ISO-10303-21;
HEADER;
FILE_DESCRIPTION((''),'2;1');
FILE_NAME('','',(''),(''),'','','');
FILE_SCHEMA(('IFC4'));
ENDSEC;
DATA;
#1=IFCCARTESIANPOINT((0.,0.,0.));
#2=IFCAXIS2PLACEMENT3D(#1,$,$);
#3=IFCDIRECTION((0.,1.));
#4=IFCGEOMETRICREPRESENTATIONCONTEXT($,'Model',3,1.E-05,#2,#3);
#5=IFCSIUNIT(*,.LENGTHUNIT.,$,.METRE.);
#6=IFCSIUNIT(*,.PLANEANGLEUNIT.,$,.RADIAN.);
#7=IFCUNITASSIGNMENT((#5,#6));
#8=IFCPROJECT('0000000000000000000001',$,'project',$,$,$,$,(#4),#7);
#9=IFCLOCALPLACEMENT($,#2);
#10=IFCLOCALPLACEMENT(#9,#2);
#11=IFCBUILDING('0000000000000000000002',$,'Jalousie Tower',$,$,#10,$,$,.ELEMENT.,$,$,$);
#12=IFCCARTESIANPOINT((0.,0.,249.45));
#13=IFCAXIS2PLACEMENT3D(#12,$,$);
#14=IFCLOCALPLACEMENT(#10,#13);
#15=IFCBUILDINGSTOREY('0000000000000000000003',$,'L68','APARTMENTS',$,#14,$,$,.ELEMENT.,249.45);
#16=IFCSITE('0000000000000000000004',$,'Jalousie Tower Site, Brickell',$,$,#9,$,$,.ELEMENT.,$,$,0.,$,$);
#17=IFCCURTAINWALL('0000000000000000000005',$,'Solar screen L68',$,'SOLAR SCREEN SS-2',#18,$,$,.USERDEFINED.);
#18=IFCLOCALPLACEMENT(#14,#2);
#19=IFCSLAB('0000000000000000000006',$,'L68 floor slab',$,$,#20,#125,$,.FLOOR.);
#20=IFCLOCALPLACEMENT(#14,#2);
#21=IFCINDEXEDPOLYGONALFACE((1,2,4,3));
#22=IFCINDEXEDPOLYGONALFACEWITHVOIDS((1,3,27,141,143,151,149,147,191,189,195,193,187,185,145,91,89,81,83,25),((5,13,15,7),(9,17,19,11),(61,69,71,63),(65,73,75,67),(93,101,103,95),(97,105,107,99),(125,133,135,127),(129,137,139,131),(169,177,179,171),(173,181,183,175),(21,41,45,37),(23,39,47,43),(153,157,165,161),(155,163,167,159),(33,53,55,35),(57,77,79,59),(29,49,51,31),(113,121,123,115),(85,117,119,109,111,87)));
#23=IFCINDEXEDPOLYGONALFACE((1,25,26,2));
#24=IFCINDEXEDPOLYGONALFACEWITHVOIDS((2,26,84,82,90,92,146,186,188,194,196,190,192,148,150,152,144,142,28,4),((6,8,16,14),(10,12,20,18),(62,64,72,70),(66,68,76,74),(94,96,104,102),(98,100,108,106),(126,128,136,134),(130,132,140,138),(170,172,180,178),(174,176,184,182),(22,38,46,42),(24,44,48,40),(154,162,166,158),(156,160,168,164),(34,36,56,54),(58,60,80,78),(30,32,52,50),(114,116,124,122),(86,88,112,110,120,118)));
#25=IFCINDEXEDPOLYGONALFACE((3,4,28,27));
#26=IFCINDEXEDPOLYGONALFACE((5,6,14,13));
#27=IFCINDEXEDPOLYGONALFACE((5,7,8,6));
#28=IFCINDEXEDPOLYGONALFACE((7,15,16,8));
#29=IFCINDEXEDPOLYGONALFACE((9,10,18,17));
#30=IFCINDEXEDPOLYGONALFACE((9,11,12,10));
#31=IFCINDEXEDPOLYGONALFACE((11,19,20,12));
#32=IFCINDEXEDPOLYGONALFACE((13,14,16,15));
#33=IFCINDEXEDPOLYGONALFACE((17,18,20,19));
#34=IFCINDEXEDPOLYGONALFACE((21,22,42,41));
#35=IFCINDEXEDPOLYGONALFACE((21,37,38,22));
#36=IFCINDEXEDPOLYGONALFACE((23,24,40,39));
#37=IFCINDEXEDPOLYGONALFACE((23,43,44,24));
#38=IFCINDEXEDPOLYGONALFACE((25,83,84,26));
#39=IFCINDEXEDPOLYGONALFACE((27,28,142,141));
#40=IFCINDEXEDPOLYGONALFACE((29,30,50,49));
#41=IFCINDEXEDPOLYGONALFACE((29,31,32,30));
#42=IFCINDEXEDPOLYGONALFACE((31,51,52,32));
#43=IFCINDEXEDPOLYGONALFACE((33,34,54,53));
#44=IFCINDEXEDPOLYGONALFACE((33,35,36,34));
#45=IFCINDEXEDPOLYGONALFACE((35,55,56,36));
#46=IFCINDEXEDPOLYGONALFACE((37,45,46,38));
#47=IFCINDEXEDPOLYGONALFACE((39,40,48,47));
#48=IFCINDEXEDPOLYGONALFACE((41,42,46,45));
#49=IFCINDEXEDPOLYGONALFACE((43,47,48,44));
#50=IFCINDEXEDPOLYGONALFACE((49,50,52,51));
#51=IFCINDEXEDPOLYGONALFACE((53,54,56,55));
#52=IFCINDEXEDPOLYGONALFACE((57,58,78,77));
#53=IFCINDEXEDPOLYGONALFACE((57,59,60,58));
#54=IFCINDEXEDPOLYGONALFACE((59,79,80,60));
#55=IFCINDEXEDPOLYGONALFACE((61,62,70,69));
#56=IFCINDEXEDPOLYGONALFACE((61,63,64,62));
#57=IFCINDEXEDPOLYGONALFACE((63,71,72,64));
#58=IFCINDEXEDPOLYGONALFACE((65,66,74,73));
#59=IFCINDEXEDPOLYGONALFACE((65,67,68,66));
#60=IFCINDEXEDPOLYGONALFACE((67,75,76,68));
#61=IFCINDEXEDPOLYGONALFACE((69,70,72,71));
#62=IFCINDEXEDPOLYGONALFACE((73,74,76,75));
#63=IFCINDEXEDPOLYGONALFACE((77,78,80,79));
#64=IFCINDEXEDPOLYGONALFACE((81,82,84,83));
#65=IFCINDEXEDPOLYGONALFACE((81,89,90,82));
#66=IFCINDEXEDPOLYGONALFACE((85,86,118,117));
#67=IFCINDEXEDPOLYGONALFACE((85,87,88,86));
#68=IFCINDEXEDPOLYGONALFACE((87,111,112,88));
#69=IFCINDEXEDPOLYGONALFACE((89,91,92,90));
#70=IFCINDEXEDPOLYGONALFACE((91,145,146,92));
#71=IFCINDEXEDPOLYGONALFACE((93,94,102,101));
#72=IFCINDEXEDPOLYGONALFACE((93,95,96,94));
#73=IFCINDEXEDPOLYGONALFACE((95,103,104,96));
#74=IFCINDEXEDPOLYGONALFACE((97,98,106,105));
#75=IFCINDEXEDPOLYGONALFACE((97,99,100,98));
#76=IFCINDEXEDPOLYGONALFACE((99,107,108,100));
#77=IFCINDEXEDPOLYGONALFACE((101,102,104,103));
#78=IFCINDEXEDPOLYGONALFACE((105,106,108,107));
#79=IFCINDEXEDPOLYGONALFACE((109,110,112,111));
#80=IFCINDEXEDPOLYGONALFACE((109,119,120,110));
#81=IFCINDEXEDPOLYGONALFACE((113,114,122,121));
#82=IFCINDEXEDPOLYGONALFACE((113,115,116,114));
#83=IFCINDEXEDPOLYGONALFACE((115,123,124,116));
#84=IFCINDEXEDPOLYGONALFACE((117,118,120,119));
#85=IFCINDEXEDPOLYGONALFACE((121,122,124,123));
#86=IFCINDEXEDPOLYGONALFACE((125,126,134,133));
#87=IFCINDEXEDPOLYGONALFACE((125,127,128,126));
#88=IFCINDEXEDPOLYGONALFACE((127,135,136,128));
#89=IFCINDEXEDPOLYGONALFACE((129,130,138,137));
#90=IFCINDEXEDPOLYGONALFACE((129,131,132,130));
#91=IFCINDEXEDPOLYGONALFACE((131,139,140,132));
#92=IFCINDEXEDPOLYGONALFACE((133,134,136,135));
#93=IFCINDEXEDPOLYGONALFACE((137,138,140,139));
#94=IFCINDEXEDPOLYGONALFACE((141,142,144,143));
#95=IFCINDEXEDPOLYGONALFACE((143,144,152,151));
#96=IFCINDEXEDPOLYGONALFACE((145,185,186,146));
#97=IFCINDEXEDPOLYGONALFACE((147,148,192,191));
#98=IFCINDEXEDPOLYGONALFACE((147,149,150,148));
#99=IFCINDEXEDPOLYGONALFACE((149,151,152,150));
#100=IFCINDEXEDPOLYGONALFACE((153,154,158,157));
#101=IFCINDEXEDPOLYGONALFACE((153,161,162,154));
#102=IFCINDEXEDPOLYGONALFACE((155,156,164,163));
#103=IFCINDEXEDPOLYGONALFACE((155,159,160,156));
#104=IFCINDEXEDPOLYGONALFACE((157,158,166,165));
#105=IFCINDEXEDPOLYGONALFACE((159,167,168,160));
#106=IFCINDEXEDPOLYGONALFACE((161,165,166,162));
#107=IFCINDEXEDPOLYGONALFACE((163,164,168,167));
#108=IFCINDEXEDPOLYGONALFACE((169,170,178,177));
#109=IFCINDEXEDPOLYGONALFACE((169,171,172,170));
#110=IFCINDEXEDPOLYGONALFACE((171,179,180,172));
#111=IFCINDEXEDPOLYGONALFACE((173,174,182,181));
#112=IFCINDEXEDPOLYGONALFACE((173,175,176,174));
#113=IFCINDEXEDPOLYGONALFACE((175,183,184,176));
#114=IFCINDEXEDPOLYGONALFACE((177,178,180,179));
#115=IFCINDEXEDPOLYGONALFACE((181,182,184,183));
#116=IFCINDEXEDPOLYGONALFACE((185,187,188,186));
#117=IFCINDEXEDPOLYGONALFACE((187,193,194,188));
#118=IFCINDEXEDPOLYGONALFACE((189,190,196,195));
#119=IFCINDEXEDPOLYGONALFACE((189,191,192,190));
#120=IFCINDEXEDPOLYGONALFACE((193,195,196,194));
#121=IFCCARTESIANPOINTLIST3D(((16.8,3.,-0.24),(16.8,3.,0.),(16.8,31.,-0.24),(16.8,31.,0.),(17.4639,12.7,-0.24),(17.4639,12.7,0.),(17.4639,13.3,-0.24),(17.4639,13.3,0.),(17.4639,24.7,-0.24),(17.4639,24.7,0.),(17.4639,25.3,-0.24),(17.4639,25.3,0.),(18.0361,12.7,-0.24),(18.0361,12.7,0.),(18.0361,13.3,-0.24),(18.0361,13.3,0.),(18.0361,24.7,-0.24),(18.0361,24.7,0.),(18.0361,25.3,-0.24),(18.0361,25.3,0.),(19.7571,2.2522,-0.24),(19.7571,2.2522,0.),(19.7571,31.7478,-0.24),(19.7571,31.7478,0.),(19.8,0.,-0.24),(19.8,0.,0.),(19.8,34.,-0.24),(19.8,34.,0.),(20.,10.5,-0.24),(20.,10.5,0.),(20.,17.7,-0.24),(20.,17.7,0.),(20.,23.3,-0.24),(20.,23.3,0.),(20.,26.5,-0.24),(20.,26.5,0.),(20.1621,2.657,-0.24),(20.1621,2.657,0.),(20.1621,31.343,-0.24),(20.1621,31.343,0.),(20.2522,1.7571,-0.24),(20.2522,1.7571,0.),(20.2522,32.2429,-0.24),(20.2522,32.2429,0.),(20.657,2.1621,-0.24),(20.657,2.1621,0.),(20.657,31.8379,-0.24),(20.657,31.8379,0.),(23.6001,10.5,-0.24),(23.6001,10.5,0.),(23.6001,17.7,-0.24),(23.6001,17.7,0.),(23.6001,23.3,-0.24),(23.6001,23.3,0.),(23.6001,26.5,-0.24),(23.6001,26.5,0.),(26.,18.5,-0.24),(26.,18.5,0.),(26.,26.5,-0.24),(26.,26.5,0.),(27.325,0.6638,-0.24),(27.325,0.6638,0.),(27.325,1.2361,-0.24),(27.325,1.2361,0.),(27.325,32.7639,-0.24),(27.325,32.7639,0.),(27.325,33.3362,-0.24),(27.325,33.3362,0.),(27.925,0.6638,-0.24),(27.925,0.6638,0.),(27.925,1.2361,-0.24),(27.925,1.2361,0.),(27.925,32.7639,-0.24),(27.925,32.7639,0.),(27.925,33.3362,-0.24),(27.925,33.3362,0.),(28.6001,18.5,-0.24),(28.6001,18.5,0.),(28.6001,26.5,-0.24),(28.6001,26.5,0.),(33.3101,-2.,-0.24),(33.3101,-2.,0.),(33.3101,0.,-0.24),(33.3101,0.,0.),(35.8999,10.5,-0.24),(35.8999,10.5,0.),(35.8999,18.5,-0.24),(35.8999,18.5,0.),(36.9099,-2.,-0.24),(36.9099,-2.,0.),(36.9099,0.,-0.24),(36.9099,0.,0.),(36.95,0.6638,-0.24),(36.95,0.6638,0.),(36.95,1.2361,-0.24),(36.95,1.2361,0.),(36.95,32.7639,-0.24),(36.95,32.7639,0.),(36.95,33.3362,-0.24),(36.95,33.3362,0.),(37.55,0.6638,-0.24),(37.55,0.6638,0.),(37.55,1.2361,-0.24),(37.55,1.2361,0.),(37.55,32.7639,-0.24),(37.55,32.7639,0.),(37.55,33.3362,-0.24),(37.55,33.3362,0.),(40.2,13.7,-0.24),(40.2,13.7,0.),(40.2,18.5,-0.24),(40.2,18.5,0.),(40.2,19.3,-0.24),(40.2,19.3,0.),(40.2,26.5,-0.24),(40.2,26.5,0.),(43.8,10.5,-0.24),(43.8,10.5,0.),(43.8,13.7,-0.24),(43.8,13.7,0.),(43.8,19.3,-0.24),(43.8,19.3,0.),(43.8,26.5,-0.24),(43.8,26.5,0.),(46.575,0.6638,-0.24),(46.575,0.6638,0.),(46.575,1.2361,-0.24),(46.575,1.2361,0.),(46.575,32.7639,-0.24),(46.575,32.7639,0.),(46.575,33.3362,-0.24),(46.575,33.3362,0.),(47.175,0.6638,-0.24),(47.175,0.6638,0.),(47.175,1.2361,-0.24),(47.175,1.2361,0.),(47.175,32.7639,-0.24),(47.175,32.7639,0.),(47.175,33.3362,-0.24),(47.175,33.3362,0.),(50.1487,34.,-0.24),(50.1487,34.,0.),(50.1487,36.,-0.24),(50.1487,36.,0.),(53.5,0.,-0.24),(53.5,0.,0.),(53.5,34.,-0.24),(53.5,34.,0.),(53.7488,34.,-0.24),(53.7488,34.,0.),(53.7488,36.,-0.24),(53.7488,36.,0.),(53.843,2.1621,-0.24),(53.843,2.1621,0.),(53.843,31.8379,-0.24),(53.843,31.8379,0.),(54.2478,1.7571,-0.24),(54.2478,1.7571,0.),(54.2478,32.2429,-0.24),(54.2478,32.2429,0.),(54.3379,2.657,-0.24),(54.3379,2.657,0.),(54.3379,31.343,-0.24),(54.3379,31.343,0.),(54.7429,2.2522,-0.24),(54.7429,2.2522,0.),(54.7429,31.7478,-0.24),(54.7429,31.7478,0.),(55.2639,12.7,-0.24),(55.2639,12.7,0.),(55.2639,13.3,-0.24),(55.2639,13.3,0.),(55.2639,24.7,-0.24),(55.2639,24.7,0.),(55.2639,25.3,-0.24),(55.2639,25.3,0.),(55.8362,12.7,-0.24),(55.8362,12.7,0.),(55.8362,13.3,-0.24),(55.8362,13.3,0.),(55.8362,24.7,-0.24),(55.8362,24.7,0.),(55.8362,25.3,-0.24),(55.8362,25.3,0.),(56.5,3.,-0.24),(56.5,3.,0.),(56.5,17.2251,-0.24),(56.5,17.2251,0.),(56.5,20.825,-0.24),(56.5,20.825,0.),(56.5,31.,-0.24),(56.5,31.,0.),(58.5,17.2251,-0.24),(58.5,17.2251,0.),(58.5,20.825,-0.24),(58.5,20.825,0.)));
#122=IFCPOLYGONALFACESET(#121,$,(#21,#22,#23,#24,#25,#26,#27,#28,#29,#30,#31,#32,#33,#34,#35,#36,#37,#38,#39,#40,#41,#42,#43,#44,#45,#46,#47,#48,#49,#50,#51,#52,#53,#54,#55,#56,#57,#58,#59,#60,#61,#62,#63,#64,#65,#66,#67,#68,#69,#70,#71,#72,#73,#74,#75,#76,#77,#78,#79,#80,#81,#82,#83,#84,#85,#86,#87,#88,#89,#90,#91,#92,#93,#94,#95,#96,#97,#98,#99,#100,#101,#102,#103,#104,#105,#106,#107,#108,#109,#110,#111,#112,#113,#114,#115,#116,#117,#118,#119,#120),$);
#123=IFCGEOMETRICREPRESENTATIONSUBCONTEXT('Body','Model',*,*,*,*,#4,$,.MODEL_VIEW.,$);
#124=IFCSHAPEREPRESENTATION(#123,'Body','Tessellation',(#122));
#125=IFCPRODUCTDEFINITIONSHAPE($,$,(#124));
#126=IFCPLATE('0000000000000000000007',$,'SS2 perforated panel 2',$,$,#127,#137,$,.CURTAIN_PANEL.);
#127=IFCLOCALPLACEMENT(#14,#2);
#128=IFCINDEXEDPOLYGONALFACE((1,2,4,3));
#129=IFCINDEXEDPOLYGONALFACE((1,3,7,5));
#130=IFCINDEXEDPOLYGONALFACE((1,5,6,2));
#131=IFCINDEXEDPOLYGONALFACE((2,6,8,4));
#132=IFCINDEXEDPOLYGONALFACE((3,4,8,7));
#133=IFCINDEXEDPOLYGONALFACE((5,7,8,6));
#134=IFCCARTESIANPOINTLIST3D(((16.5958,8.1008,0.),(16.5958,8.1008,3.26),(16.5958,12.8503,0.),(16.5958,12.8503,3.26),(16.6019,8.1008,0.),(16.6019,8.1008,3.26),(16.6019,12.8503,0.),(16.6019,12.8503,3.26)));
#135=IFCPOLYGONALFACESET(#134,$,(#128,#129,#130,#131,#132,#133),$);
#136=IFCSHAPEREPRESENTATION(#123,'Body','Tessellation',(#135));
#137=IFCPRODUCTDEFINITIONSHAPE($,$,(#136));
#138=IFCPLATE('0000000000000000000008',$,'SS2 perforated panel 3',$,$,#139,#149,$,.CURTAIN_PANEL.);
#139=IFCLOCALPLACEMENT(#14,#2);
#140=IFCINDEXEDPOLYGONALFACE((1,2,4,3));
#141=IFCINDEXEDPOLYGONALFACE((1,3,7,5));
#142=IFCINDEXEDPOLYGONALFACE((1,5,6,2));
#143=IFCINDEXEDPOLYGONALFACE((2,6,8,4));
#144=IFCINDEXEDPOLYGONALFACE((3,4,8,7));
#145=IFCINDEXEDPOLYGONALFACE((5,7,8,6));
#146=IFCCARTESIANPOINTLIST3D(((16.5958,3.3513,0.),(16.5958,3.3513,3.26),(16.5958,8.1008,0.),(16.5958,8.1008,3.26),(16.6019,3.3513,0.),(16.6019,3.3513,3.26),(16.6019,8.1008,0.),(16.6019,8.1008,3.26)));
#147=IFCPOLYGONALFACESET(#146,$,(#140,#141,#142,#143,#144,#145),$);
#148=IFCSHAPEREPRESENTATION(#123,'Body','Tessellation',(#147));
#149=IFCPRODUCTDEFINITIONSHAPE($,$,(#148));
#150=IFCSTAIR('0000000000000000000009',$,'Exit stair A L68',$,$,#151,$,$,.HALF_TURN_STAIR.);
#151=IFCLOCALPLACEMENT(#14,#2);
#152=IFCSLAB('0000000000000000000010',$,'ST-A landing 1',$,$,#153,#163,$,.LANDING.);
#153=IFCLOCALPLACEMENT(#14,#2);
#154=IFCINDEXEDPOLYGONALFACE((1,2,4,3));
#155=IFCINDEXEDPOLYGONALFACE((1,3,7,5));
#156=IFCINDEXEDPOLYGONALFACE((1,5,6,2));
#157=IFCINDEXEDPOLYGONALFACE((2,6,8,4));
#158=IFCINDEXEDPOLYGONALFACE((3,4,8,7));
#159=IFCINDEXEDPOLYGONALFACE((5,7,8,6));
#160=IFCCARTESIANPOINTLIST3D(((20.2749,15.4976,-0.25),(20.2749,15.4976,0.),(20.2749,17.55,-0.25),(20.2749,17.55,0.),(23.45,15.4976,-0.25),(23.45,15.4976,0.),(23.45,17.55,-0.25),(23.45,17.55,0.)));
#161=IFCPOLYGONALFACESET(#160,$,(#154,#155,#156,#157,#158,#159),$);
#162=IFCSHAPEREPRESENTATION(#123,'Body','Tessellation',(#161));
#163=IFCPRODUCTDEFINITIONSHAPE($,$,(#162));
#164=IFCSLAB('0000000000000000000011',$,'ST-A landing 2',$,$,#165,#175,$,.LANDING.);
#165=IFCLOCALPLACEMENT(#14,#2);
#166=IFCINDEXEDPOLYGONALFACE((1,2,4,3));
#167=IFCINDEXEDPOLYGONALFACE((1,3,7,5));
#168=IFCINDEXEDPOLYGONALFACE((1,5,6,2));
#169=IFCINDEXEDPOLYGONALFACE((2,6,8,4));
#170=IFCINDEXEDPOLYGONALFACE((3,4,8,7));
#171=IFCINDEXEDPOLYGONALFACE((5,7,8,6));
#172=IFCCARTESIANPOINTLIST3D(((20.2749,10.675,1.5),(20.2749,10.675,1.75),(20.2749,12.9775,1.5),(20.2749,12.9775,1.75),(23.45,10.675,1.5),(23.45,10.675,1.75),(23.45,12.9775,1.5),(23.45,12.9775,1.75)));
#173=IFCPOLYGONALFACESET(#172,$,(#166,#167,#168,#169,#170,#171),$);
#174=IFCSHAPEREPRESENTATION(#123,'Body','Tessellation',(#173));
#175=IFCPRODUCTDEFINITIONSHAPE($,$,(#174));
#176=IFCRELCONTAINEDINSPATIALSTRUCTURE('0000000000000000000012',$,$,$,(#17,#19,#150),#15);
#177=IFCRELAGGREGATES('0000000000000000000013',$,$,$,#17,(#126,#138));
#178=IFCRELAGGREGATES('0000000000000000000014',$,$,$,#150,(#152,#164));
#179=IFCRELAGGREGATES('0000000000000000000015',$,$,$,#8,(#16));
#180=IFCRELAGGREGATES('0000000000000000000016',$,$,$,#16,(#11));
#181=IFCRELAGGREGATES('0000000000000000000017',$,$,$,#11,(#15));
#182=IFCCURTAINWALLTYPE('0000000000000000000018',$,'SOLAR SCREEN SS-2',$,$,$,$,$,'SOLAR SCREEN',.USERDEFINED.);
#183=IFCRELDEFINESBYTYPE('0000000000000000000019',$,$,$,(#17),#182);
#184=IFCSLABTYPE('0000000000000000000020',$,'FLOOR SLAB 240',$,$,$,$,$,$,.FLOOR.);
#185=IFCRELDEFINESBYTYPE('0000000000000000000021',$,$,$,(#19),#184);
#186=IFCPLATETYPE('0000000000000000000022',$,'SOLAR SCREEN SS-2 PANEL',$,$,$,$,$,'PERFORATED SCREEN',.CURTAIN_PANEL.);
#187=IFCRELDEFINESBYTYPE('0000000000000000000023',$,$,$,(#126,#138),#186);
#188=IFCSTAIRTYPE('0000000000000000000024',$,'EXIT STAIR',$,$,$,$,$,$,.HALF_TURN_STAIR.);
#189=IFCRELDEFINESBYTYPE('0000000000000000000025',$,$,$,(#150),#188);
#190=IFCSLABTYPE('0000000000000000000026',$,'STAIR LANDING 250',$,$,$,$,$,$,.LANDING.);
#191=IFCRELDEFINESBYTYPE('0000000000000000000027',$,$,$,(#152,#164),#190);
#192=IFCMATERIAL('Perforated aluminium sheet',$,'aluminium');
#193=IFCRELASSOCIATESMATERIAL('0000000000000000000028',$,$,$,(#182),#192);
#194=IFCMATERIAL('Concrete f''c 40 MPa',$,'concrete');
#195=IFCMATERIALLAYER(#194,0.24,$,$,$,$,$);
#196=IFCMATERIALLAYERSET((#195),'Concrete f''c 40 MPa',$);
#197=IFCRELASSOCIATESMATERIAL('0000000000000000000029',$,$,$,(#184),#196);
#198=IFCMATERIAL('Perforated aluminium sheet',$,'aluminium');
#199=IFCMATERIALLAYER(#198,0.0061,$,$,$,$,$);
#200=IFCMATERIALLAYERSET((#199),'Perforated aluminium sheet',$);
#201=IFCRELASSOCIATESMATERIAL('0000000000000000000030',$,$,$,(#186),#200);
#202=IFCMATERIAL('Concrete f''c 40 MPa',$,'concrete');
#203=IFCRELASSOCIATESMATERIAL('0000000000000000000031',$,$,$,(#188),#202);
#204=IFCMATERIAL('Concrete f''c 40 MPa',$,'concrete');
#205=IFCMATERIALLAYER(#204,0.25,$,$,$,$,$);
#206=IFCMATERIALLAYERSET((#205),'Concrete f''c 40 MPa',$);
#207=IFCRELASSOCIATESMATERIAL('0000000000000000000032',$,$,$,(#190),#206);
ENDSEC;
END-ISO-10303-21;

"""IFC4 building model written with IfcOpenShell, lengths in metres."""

from ifc_helpers import new_model, si_unit, direction, frame, origin, origin_2d, place, context, subcontext, project, spatial, polyline, rectangle, outline, extrude, material, layer, layer_set, type_object, element, aggregate, save


model = new_model("IFC4")

# Units and contexts
model_context = context("Model", 3, precision=1e-05, world=origin(), true_north=direction((0.0, 1.0)))
body_context = subcontext(model_context, "Body", "Model", "MODEL_VIEW")
ifc_project = project(units=[si_unit("LENGTHUNIT", "METRE"), si_unit("PLANEANGLEUNIT", "RADIAN")], contexts=[model_context])

# Site, building, storey
site_placement = place(None, origin())
site = spatial("IfcSite", under=ifc_project, at=site_placement, Name="Jalousie Tower Site, Brickell", CompositionType="ELEMENT", RefElevation=0.0)
building_placement = place(site_placement, origin())
building = spatial("IfcBuilding", under=site, at=building_placement, Name="Jalousie Tower", CompositionType="ELEMENT")
storey_placement = place(building_placement, frame((0.0, 0.0, 249.45)))
storey = spatial("IfcBuildingStorey", under=building, at=storey_placement, Name="L68", Description="APARTMENTS", CompositionType="ELEMENT", Elevation=249.45)

# Curtain wall
ifc_material_1 = material(Name="Perforated aluminium sheet", Category="aluminium")
curtain_wall_type_1 = type_object("IfcCurtainWallType", Name="SOLAR SCREEN SS-2", ElementType="SOLAR SCREEN", PredefinedType="USERDEFINED", material=ifc_material_1)
curtain_wall_1_placement = place(storey_placement, origin())
curtain_wall_1 = element("IfcCurtainWall", 1, at=curtain_wall_1_placement, inside=storey, type_object=curtain_wall_type_1, Name="Solar screen L68", ObjectType="SOLAR SCREEN SS-2", PredefinedType="USERDEFINED")

# Slab
ifc_material_2 = material(Name="Concrete f'c 40 MPa", Category="concrete")
ifc_layer_1 = layer(ifc_material_2, 0.24)
ifc_layer_set_1 = layer_set([ifc_layer_1], Name="Concrete f'c 40 MPa")
slab_type_1 = type_object("IfcSlabType", Name="FLOOR SLAB 240", PredefinedType="FLOOR", material=ifc_layer_set_1)
slab_1_placement = place(storey_placement, frame((0.0, 0.0, -0.24)))
element("IfcSlab", 2, at=slab_1_placement, inside=storey, type_object=slab_type_1, Name="L68 floor slab", PredefinedType="FLOOR", context=body_context, shape_type="SweptSolid", body=[
    extrude(outline(polyline([(19.8, 34.0), (50.1487, 34.0), (50.1487, 36.0), (53.7488, 36.0), (53.7488, 34.0), (53.5, 34.0), (56.5, 31.0), (56.5, 20.825), (58.5, 20.825), (58.5, 17.2251), (56.5, 17.2251), (56.5, 3.0), (53.5, 0.0), (36.9099, 0.0), (36.9099, -2.0), (33.3101, -2.0), (33.3101, 0.0), (19.8, 0.0), (16.8, 3.0), (16.8, 31.0), (19.8, 34.0)]), holes=[polyline([(55.2639, 25.3), (55.2639, 24.7), (55.8362, 24.7), (55.8362, 25.3), (55.2639, 25.3)]), polyline([(55.8362, 12.7), (55.8362, 13.3), (55.2639, 13.3), (55.2639, 12.7), (55.8362, 12.7)]), polyline([(54.3379, 2.657), (53.843, 2.1621), (54.2478, 1.7571), (54.7429, 2.2522), (54.3379, 2.657)]), polyline([(54.7429, 31.7478), (54.2478, 32.2429), (53.843, 31.8379), (54.3379, 31.343), (54.7429, 31.7478)]), polyline([(47.175, 33.3362), (46.575, 33.3362), (46.575, 32.7639), (47.175, 32.7639), (47.175, 33.3362)]), polyline([(47.175, 1.2361), (46.575, 1.2361), (46.575, 0.6638), (47.175, 0.6638), (47.175, 1.2361)]), polyline([(40.2, 26.5), (40.2, 19.3), (43.8, 19.3), (43.8, 26.5), (40.2, 26.5)]), polyline([(40.2, 13.7), (40.2, 18.5), (35.8999, 18.5), (35.8999, 10.5), (43.8, 10.5), (43.8, 13.7), (40.2, 13.7)]), polyline([(36.95, 0.6638), (37.55, 0.6638), (37.55, 1.2361), (36.95, 1.2361), (36.95, 0.6638)]), polyline([(37.55, 33.3362), (36.95, 33.3362), (36.95, 32.7639), (37.55, 32.7639), (37.55, 33.3362)]), polyline([(26.0, 26.5), (26.0, 18.5), (28.6001, 18.5), (28.6001, 26.5), (26.0, 26.5)]), polyline([(27.925, 33.3362), (27.325, 33.3362), (27.325, 32.7639), (27.925, 32.7639), (27.925, 33.3362)]), polyline([(27.925, 1.2361), (27.325, 1.2361), (27.325, 0.6638), (27.925, 0.6638), (27.925, 1.2361)]), polyline([(20.0, 26.5), (20.0, 23.3), (23.6001, 23.3), (23.6001, 26.5), (20.0, 26.5)]), polyline([(20.0, 17.7), (20.0, 10.5), (23.6001, 10.5), (23.6001, 17.7), (20.0, 17.7)]), polyline([(20.657, 2.1621), (20.1621, 2.657), (19.7571, 2.2522), (20.2522, 1.7571), (20.657, 2.1621)]), polyline([(20.657, 31.8379), (20.2522, 32.2429), (19.7571, 31.7478), (20.1621, 31.343), (20.657, 31.8379)]), polyline([(17.4639, 13.3), (17.4639, 12.7), (18.0361, 12.7), (18.0361, 13.3), (17.4639, 13.3)]), polyline([(18.0361, 24.7), (18.0361, 25.3), (17.4639, 25.3), (17.4639, 24.7), (18.0361, 24.7)])]), origin(), (0.0, 0.0, 1.0), 0.24),
])

# Plates
ifc_material_3 = material(Name="Perforated aluminium sheet", Category="aluminium")
ifc_layer_2 = layer(ifc_material_3, 0.0061)
ifc_layer_set_2 = layer_set([ifc_layer_2], Name="Perforated aluminium sheet")
plate_type = type_object("IfcPlateType", Name="SOLAR SCREEN SS-2 PANEL", ElementType="PERFORATED SCREEN", PredefinedType="CURTAIN_PANEL", material=ifc_layer_set_2)
plate_1_placement = place(storey_placement, frame((16.5989, 10.4756, 0.0), z_axis=(0.0, 0.0, 1.0), x_axis=(0.0, -1.0, 0.0)))
plate_1 = element("IfcPlate", 3, at=plate_1_placement, type_object=plate_type, Name="SS2 perforated panel 2", PredefinedType="CURTAIN_PANEL", context=body_context, shape_type="SweptSolid", body=[
    extrude(rectangle(XDim=4.7495, YDim=0.0061, at=origin_2d()), origin(), (0.0, 0.0, 1.0), 3.26),
])
plate_2_placement = place(storey_placement, frame((16.5989, 5.7261, 0.0), z_axis=(0.0, 0.0, 1.0), x_axis=(0.0, -1.0, 0.0)))
plate_2 = element("IfcPlate", 4, at=plate_2_placement, type_object=plate_type, Name="SS2 perforated panel 3", PredefinedType="CURTAIN_PANEL", context=body_context, shape_type="SweptSolid", body=[
    extrude(rectangle(XDim=4.7495, YDim=0.0061, at=origin_2d()), origin(), (0.0, 0.0, 1.0), 3.26),
])
aggregate(curtain_wall_1, [plate_1, plate_2])

# Stair, slabs
ifc_material_4 = material(Name="Concrete f'c 40 MPa", Category="concrete")
stair_type = type_object("IfcStairType", Name="EXIT STAIR", PredefinedType="HALF_TURN_STAIR", material=ifc_material_4)
stair_1_placement = place(storey_placement, origin())
stair_1 = element("IfcStair", 5, at=stair_1_placement, inside=storey, type_object=stair_type, Name="Exit stair A L68", PredefinedType="HALF_TURN_STAIR")
ifc_material_5 = material(Name="Concrete f'c 40 MPa", Category="concrete")
ifc_layer_3 = layer(ifc_material_5, 0.25)
ifc_layer_set_3 = layer_set([ifc_layer_3], Name="Concrete f'c 40 MPa")
slab_type_2 = type_object("IfcSlabType", Name="STAIR LANDING 250", PredefinedType="LANDING", material=ifc_layer_set_3)
slab_2_placement = place(storey_placement, frame((0.0, 0.0, -0.25)))
slab_2 = element("IfcSlab", 6, at=slab_2_placement, type_object=slab_type_2, Name="ST-A landing 1", PredefinedType="LANDING", context=body_context, shape_type="SweptSolid", body=[
    extrude(outline(polyline([(20.2749, 15.4976), (23.45, 15.4976), (23.45, 17.55), (20.2749, 17.55), (20.2749, 15.4976)])), origin(), (0.0, 0.0, 1.0), 0.25),
])
slab_3_placement = place(storey_placement, frame((0.0, 0.0, 1.5)))
slab_3 = element("IfcSlab", 7, at=slab_3_placement, type_object=slab_type_2, Name="ST-A landing 2", PredefinedType="LANDING", context=body_context, shape_type="SweptSolid", body=[
    extrude(outline(polyline([(20.2749, 10.675), (23.45, 10.675), (23.45, 12.9775), (20.2749, 12.9775), (20.2749, 10.675)])), origin(), (0.0, 0.0, 1.0), 0.25),
])
aggregate(stair_1, [slab_2, slab_3])

save(model, "model.ifc")
